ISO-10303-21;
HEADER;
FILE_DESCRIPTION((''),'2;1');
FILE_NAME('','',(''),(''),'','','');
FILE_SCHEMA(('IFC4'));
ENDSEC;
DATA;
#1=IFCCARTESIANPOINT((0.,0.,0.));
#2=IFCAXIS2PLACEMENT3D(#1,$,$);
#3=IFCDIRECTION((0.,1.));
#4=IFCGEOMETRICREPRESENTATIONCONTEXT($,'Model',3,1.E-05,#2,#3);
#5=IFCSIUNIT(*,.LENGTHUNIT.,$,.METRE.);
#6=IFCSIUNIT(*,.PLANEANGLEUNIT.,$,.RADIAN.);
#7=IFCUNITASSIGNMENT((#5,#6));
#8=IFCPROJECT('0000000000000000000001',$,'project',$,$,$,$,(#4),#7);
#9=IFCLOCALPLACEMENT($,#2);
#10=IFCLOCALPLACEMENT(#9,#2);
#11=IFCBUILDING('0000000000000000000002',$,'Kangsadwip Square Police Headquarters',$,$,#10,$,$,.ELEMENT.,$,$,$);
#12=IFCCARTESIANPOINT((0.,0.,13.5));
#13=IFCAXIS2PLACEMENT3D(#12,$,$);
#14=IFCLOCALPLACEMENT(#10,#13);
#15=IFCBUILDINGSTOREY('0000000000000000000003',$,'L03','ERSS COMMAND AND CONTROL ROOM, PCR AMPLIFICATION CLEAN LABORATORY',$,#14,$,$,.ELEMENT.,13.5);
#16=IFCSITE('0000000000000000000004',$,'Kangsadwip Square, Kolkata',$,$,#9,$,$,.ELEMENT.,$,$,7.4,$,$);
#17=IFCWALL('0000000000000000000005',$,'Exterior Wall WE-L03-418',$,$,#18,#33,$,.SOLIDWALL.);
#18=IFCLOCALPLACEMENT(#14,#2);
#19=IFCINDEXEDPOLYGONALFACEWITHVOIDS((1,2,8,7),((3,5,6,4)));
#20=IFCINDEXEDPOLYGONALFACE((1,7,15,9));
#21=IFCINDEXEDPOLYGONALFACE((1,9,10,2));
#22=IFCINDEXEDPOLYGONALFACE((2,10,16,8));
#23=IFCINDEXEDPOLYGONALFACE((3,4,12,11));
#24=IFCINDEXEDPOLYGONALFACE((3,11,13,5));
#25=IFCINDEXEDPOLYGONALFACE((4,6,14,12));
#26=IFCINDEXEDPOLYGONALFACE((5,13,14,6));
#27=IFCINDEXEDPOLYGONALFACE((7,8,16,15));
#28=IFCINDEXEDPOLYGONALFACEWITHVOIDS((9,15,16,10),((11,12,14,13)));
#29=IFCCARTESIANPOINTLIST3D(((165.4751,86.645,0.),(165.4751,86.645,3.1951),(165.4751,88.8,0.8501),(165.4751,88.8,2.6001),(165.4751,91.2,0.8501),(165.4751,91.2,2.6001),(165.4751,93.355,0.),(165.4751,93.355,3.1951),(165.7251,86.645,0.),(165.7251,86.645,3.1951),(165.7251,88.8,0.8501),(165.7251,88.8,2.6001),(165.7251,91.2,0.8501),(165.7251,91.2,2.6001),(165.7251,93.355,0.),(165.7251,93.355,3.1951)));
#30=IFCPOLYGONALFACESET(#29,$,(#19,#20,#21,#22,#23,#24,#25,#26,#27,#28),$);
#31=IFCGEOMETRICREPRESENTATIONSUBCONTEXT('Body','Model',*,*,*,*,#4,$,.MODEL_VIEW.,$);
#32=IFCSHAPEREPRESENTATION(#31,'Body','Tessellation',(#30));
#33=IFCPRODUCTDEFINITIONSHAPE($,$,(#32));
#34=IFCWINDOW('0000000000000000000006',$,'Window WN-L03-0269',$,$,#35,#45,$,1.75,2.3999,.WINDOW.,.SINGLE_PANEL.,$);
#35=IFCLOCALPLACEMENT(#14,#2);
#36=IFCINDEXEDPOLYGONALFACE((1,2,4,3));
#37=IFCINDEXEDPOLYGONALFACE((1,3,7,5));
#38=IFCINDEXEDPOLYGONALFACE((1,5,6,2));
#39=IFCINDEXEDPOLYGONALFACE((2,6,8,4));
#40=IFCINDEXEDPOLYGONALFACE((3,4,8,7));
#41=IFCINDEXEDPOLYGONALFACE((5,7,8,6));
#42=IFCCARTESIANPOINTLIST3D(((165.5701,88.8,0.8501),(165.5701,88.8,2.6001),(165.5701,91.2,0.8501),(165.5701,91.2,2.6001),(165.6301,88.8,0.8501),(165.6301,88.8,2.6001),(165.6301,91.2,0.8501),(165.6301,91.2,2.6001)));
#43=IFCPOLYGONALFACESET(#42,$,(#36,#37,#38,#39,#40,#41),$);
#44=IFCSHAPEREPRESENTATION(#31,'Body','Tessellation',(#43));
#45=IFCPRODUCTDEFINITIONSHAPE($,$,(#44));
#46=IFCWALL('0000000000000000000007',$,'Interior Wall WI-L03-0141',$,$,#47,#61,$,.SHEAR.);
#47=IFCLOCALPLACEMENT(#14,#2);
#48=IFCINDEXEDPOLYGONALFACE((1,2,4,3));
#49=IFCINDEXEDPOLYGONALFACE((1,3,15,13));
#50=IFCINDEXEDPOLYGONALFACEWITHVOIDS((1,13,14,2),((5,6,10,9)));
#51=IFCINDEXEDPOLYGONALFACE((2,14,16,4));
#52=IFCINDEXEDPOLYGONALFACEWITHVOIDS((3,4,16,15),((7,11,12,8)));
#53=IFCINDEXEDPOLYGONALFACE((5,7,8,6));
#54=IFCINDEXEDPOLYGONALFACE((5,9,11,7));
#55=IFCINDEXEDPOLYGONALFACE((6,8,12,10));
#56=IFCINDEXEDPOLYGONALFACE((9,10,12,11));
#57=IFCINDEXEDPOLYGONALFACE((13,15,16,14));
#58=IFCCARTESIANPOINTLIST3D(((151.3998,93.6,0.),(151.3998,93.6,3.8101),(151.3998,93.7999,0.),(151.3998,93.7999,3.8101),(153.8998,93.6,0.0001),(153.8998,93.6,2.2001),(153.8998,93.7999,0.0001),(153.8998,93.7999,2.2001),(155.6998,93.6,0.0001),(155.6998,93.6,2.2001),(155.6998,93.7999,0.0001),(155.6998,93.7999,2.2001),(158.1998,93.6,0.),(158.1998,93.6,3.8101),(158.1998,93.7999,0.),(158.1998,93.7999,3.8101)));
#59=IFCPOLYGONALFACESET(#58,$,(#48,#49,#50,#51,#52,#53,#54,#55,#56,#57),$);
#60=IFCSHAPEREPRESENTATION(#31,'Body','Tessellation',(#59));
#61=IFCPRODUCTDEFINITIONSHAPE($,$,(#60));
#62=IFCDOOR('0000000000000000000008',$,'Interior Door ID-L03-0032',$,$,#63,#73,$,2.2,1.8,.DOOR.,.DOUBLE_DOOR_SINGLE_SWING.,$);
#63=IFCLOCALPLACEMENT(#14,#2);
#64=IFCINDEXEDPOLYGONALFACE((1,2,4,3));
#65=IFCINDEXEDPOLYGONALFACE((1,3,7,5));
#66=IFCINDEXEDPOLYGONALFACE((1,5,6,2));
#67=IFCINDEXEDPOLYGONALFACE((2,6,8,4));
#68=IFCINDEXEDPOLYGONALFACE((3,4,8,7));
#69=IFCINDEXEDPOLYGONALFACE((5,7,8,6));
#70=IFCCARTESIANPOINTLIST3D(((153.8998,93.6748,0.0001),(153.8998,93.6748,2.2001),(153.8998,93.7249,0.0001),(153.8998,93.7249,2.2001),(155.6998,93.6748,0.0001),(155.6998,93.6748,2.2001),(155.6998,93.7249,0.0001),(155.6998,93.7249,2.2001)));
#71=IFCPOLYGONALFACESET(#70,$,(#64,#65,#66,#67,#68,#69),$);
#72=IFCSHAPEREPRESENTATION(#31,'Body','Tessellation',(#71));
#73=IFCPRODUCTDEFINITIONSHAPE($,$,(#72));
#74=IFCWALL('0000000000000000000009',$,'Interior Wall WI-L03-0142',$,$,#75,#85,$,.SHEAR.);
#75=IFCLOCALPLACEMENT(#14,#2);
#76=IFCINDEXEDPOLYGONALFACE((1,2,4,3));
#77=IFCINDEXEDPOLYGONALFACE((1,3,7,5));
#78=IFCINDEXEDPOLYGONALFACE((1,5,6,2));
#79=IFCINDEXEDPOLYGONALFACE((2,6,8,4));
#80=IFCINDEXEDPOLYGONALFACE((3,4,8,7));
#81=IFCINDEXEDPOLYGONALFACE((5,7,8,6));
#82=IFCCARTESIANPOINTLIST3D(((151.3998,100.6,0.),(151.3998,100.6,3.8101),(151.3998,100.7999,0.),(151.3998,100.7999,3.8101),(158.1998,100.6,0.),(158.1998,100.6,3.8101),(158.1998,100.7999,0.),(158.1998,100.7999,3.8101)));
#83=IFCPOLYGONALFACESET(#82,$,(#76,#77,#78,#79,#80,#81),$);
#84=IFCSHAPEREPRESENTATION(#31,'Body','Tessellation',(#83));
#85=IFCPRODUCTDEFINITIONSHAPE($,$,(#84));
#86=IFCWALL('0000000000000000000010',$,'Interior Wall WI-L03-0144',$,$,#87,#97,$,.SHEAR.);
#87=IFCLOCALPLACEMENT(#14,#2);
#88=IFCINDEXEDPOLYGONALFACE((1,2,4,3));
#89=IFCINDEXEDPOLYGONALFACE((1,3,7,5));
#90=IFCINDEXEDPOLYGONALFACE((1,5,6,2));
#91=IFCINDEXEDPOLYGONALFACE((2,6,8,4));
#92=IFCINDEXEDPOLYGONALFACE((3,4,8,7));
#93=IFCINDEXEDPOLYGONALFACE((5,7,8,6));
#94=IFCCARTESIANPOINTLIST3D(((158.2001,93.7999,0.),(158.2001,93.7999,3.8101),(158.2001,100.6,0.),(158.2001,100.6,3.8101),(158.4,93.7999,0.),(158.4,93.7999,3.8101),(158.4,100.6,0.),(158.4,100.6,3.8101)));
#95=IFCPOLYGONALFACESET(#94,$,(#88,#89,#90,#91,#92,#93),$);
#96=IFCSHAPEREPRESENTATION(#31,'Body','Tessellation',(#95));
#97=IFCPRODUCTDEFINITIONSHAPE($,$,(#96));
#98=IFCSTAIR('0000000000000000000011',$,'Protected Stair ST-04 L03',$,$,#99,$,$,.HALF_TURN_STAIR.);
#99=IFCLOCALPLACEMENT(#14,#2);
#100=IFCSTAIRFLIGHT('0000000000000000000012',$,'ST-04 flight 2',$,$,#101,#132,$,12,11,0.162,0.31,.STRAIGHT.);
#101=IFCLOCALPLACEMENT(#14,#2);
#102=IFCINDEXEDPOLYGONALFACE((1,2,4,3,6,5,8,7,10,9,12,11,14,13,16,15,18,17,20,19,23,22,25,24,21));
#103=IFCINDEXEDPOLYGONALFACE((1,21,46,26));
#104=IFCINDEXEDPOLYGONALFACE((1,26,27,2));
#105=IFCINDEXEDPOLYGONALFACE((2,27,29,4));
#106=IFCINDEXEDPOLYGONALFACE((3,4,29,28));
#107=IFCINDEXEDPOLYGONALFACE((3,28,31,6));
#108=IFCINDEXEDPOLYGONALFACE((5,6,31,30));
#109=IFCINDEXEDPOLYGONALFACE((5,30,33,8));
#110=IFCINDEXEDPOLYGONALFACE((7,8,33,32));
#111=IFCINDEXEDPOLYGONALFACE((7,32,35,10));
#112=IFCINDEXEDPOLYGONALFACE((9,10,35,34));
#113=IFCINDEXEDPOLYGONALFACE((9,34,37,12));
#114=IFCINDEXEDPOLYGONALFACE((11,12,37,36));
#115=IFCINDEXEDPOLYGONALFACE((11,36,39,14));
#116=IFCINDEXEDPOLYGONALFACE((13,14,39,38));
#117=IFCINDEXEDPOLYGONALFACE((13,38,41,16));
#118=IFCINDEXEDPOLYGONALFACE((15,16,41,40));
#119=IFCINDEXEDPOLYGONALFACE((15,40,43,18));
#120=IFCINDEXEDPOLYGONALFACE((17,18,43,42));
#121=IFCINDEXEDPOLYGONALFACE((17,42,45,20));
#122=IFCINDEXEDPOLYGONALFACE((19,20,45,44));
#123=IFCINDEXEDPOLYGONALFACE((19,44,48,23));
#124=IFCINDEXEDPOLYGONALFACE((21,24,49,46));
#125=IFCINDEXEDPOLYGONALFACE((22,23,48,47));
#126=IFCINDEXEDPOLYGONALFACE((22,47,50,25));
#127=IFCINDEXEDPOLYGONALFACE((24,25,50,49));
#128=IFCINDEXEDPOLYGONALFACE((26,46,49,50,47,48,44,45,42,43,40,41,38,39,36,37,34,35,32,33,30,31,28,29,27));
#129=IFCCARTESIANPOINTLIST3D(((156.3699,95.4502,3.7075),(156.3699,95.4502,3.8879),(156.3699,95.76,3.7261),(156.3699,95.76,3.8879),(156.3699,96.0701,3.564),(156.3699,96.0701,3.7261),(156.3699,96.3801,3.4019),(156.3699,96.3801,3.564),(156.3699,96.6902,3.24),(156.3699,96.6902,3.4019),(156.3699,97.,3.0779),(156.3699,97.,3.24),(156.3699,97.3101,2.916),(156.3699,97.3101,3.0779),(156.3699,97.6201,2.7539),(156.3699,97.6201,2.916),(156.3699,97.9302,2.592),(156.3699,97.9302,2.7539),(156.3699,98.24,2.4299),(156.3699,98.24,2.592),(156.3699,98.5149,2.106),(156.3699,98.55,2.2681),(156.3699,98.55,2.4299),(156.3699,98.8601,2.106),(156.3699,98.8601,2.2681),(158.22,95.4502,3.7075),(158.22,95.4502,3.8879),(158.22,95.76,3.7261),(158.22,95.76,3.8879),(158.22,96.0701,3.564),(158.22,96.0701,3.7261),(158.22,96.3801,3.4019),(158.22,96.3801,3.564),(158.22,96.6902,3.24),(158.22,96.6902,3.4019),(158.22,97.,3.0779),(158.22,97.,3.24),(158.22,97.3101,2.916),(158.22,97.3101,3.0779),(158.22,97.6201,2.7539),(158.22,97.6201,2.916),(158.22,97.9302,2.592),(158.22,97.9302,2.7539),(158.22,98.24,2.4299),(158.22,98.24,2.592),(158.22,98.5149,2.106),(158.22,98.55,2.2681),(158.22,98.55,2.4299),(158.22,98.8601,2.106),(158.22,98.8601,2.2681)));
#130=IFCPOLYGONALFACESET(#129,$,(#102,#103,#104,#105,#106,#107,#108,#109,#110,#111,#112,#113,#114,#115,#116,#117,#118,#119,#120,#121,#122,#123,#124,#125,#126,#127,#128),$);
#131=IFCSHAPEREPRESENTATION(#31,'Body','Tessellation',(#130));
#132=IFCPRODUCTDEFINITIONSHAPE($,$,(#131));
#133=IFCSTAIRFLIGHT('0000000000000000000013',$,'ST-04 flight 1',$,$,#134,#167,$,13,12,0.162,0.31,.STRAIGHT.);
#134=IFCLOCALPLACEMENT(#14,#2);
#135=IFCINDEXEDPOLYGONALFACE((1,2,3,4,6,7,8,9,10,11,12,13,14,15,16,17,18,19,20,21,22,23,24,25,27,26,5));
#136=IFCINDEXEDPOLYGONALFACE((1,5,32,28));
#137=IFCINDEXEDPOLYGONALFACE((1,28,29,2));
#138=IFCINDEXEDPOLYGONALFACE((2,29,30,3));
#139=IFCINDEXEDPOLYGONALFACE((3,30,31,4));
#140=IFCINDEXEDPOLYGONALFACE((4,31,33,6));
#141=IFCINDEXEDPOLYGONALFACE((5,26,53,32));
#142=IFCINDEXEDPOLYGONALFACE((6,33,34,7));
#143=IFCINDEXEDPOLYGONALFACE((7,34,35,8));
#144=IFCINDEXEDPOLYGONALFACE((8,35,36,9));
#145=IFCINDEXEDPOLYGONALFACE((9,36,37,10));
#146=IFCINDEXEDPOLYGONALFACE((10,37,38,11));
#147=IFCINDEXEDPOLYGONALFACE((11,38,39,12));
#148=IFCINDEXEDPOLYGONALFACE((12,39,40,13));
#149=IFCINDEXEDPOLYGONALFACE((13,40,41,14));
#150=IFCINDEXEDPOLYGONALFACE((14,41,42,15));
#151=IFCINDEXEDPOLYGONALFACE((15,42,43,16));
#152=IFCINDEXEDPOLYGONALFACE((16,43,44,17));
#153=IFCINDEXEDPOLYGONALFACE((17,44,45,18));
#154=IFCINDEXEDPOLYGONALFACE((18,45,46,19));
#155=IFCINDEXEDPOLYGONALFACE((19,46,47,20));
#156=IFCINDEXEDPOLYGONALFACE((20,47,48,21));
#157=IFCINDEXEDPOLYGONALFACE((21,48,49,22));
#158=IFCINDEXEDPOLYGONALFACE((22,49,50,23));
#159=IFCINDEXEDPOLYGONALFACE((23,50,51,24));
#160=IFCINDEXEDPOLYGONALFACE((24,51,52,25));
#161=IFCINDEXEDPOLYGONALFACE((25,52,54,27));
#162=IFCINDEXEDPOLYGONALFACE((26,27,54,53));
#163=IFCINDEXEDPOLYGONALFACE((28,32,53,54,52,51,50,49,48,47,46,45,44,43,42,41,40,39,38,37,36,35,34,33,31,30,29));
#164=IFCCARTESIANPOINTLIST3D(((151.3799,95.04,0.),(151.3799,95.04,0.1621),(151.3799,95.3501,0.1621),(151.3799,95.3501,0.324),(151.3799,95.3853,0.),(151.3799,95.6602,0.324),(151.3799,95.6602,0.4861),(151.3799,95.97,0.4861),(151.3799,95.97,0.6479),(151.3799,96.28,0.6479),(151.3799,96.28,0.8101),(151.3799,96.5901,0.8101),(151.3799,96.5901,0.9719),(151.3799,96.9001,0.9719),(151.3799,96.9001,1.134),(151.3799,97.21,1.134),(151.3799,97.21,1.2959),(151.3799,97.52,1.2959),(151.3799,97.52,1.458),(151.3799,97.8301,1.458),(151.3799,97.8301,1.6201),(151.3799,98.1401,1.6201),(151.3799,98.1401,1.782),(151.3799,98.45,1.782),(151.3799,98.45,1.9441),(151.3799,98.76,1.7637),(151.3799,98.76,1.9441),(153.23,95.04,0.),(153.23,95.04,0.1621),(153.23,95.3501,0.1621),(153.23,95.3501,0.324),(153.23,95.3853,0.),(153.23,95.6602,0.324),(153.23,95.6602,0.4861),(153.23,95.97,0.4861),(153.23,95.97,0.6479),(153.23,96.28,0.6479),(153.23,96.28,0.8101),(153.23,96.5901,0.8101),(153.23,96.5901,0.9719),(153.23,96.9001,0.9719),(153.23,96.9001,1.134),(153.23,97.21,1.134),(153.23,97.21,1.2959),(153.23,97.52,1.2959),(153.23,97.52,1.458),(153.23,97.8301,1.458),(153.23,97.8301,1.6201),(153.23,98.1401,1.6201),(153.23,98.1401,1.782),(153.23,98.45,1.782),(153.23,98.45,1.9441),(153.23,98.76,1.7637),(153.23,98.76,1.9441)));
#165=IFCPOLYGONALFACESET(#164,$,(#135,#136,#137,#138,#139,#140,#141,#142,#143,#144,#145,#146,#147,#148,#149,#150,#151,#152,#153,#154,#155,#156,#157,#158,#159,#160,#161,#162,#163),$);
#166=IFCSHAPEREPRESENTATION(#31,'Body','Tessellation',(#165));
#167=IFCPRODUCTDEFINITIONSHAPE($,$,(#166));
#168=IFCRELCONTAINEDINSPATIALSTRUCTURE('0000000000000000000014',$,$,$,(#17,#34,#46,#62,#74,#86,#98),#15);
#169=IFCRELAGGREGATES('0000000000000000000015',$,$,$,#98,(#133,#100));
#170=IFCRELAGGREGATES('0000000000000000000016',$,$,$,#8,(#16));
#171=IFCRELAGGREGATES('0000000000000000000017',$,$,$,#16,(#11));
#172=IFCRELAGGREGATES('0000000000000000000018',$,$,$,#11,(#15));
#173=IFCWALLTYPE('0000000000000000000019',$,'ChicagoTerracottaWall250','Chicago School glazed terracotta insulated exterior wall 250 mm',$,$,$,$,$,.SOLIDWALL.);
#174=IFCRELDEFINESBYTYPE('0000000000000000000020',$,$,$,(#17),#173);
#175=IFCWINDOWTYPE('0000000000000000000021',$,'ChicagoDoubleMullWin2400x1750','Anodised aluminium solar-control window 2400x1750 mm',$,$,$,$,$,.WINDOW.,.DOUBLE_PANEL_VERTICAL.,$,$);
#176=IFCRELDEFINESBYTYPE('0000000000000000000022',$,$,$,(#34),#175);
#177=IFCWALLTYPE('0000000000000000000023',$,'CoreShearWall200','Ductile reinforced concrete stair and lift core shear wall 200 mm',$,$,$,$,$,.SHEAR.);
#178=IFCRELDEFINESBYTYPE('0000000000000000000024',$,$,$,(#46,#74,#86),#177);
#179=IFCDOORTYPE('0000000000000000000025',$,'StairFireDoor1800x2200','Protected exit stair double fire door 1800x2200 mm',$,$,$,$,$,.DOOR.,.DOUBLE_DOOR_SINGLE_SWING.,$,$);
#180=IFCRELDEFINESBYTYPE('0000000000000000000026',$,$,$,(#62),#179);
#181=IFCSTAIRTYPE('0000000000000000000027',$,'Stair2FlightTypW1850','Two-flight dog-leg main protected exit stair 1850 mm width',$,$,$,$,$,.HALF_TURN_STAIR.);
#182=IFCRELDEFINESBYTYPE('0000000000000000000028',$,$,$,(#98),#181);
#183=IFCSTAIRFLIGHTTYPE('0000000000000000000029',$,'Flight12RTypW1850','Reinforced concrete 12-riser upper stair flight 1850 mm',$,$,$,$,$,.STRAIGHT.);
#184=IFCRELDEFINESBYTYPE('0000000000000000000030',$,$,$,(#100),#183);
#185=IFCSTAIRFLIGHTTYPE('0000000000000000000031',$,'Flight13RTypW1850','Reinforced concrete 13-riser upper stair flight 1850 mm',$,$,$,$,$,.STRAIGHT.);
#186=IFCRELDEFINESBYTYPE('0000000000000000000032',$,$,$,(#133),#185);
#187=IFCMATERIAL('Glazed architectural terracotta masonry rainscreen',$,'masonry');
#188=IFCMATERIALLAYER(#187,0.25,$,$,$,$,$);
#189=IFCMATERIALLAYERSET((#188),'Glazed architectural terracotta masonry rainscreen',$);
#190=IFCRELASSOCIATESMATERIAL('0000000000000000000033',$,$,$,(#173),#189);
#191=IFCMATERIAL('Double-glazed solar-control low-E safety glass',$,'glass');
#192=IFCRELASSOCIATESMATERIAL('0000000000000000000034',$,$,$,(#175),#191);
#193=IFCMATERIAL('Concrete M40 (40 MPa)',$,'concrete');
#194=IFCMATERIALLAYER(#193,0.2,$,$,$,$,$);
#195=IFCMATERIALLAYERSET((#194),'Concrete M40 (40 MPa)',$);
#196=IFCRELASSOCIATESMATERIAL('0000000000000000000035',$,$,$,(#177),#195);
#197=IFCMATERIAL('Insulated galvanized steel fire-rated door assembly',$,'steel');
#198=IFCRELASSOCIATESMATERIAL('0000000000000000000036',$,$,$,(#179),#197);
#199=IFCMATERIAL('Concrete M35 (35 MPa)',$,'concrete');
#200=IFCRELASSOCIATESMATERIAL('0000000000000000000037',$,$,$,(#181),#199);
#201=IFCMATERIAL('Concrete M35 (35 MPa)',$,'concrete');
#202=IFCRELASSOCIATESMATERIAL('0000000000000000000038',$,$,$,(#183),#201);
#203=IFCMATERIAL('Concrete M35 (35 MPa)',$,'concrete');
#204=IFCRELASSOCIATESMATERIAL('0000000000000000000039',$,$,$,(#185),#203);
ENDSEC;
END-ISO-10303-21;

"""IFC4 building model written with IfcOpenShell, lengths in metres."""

from ifc_helpers import new_model, si_unit, direction, frame, frame_2d, origin, place, context, subcontext, project, spatial, polyline, rectangle, outline, extrude, material, layer, layer_set, type_object, element, fill, aggregate, save


model = new_model("IFC4")

# Units and contexts
model_context = context("Model", 3, precision=1e-05, world=origin(), true_north=direction((0.0, 1.0)))
body_context = subcontext(model_context, "Body", "Model", "MODEL_VIEW")
ifc_project = project(units=[si_unit("LENGTHUNIT", "METRE"), si_unit("PLANEANGLEUNIT", "RADIAN")], contexts=[model_context])

# Site, building, storey
site_placement = place(None, origin())
site = spatial("IfcSite", under=ifc_project, at=site_placement, Name="Kangsadwip Square, Kolkata", CompositionType="ELEMENT", RefElevation=7.4)
building_placement = place(site_placement, origin())
building = spatial("IfcBuilding", under=site, at=building_placement, Name="Kangsadwip Square Police Headquarters", CompositionType="ELEMENT")
storey_placement = place(building_placement, frame((0.0, 0.0, 13.5)))
storey = spatial("IfcBuildingStorey", under=building, at=storey_placement, Name="L03", Description="ERSS COMMAND AND CONTROL ROOM, PCR AMPLIFICATION CLEAN LABORATORY", CompositionType="ELEMENT", Elevation=13.5)

# Wall, opening, window
ifc_material_1 = material(Name="Glazed architectural terracotta masonry rainscreen", Category="masonry")
ifc_layer_1 = layer(ifc_material_1, 0.25)
ifc_layer_set_1 = layer_set([ifc_layer_1], Name="Glazed architectural terracotta masonry rainscreen")
wall_type_1 = type_object("IfcWallType", Name="ChicagoTerracottaWall250", Description="Chicago School glazed terracotta insulated exterior wall 250 mm", PredefinedType="SOLIDWALL", material=ifc_layer_set_1)
wall_1_placement = place(storey_placement, frame((165.6001, 86.645, 0.0), z_axis=(0.0, 0.0, 1.0), x_axis=(0.0, 1.0, 0.0)))
wall_1 = element("IfcWall", 1, at=wall_1_placement, inside=storey, type_object=wall_type_1, Name="Exterior Wall WE-L03-418", PredefinedType="SOLIDWALL", context=body_context, shape_type="SweptSolid", body=[
    extrude(rectangle(XDim=6.71, YDim=0.25, at=frame_2d((3.355, 0.0))), origin(), (0.0, 0.0, 1.0), 3.1951),
])
opening_1_placement = place(wall_1_placement, frame((2.155, 0.0, 0.8501)))
opening_1 = element("IfcOpeningElement", 2, at=opening_1_placement, cuts=wall_1, PredefinedType="OPENING", context=body_context, shape_type="SweptSolid", body=[
    extrude(rectangle(XDim=2.3999, YDim=1.75, at=frame_2d((1.2, 0.875))), frame((0.0, 0.135, 0.0), z_axis=(0.0, -1.0, 0.0), x_axis=(1.0, 0.0, 0.0)), (0.0, 0.0, 1.0), 0.27),
])
ifc_material_2 = material(Name="Double-glazed solar-control low-E safety glass", Category="glass")
window_type = type_object("IfcWindowType", Name="ChicagoDoubleMullWin2400x1750", Description="Anodised aluminium solar-control window 2400x1750 mm", PartitioningType="DOUBLE_PANEL_VERTICAL", PredefinedType="WINDOW", material=ifc_material_2)
window_placement = place(opening_1_placement, origin())
window = element("IfcWindow", 3, at=window_placement, inside=storey, type_object=window_type, Name="Window WN-L03-0269", OverallHeight=1.75, OverallWidth=2.3999, PartitioningType="SINGLE_PANEL", PredefinedType="WINDOW", context=body_context, shape_type="SweptSolid", body=[
    extrude(rectangle(XDim=2.3999, YDim=1.75, at=frame_2d((1.2, 0.875))), frame((0.0, 0.03, 0.0), z_axis=(0.0, -1.0, 0.0), x_axis=(1.0, 0.0, 0.0)), (0.0, 0.0, 1.0), 0.0601),
])
fill(opening_1, window)

# Wall, opening, door
ifc_material_3 = material(Name="Concrete M40 (40 MPa)", Category="concrete")
ifc_layer_2 = layer(ifc_material_3, 0.2)
ifc_layer_set_2 = layer_set([ifc_layer_2], Name="Concrete M40 (40 MPa)")
wall_type_2 = type_object("IfcWallType", Name="CoreShearWall200", Description="Ductile reinforced concrete stair and lift core shear wall 200 mm", PredefinedType="SHEAR", material=ifc_layer_set_2)
wall_2_placement = place(storey_placement, frame((151.3999, 93.7, 0.0), z_axis=(0.0, 0.0, 1.0), x_axis=(1.0, 0.0, 0.0)))
wall_2 = element("IfcWall", 4, at=wall_2_placement, inside=storey, type_object=wall_type_2, Name="Interior Wall WI-L03-0141", PredefinedType="SHEAR", context=body_context, shape_type="SweptSolid", body=[
    extrude(rectangle(XDim=6.8, YDim=0.2, at=frame_2d((3.3999, 0.0))), origin(), (0.0, 0.0, 1.0), 3.8101),
])
opening_2_placement = place(wall_2_placement, frame((2.5, 0.0, 0.0)))
opening_2 = element("IfcOpeningElement", 5, at=opening_2_placement, cuts=wall_2, PredefinedType="OPENING", context=body_context, shape_type="SweptSolid", body=[
    extrude(rectangle(XDim=1.8, YDim=2.2, at=frame_2d((0.8999, 1.1001))), frame((0.0, 0.1099, 0.0), z_axis=(0.0, -1.0, 0.0), x_axis=(1.0, 0.0, 0.0)), (0.0, 0.0, 1.0), 0.22),
])
ifc_material_4 = material(Name="Insulated galvanized steel fire-rated door assembly", Category="steel")
door_type = type_object("IfcDoorType", Name="StairFireDoor1800x2200", Description="Protected exit stair double fire door 1800x2200 mm", OperationType="DOUBLE_DOOR_SINGLE_SWING", PredefinedType="DOOR", material=ifc_material_4)
door_placement = place(opening_2_placement, origin())
door = element("IfcDoor", 6, at=door_placement, inside=storey, type_object=door_type, Name="Interior Door ID-L03-0032", OperationType="DOUBLE_DOOR_SINGLE_SWING", OverallHeight=2.2, OverallWidth=1.8, PredefinedType="DOOR", context=body_context, shape_type="SweptSolid", body=[
    extrude(rectangle(XDim=1.8, YDim=2.2, at=frame_2d((0.8999, 1.1001))), frame((0.0, 0.0249, 0.0), z_axis=(0.0, -1.0, 0.0), x_axis=(1.0, 0.0, 0.0)), (0.0, 0.0, 1.0), 0.05),
])
fill(opening_2, door)

# Walls
for number, where, z_axis, x_axis, name in (
    (7, (151.3999, 100.7, 0.0), (0.0, 0.0, 1.0), (1.0, 0.0, 0.0), "Interior Wall WI-L03-0142"),
    (8, (158.3, 93.8, 0.0), (0.0, 0.0, 1.0), (0.0, 1.0, 0.0), "Interior Wall WI-L03-0144"),
):
    element("IfcWall", number, at=place(storey_placement, frame(where, z_axis=z_axis, x_axis=x_axis)), inside=storey, type_object=wall_type_2, Name=name, PredefinedType="SHEAR", context=body_context, shape_type="SweptSolid", body=[
        extrude(rectangle(XDim=6.8, YDim=0.2, at=frame_2d((3.3999, 0.0))), origin(), (0.0, 0.0, 1.0), 3.8101),
    ])

# Stair, stair flights
ifc_material_5 = material(Name="Concrete M35 (35 MPa)", Category="concrete")
stair_type = type_object("IfcStairType", Name="Stair2FlightTypW1850", Description="Two-flight dog-leg main protected exit stair 1850 mm width", PredefinedType="HALF_TURN_STAIR", material=ifc_material_5)
stair_placement = place(storey_placement, origin())
stair = element("IfcStair", 9, at=stair_placement, inside=storey, type_object=stair_type, Name="Protected Stair ST-04 L03", PredefinedType="HALF_TURN_STAIR")
ifc_material_6 = material(Name="Concrete M35 (35 MPa)", Category="concrete")
stair_flight_type_1 = type_object("IfcStairFlightType", Name="Flight12RTypW1850", Description="Reinforced concrete 12-riser upper stair flight 1850 mm", PredefinedType="STRAIGHT", material=ifc_material_6)
stair_flight_1_placement = place(storey_placement, frame((157.2949, 98.8601, 2.106), z_axis=(0.0, 0.0, 1.0), x_axis=(0.0, -1.0, 0.0)))
stair_flight_1 = element("IfcStairFlight", 10, at=stair_flight_1_placement, type_object=stair_flight_type_1, Name="ST-04 flight 2", NumberOfRisers=12, NumberOfTreads=11, PredefinedType="STRAIGHT", RiserHeight=0.162, TreadLength=0.31, context=body_context, shape_type="SweptSolid", body=[
    extrude(outline(polyline([(0.0, 0.0), (0.0, 0.1621), (0.3101, 0.1621), (0.3101, 0.324), (0.6201, 0.324), (0.6201, 0.4861), (0.9299, 0.4861), (0.9299, 0.6479), (1.24, 0.6479), (1.24, 0.8101), (1.55, 0.8101), (1.55, 0.9719), (1.8601, 0.9719), (1.8601, 1.134), (2.1699, 1.134), (2.1699, 1.2959), (2.48, 1.2959), (2.48, 1.458), (2.79, 1.458), (2.79, 1.6201), (3.1001, 1.6201), (3.1001, 1.782), (3.4099, 1.782), (3.4099, 1.9441), (3.4099, 1.6016), (0.3452, 0.0), (0.0, 0.0)])), frame((0.0, 0.925, 0.0), z_axis=(0.0, -1.0, 0.0), x_axis=(1.0, 0.0, 0.0)), (0.0, 0.0, 1.0), 1.8501),
])
ifc_material_7 = material(Name="Concrete M35 (35 MPa)", Category="concrete")
stair_flight_type_2 = type_object("IfcStairFlightType", Name="Flight13RTypW1850", Description="Reinforced concrete 13-riser upper stair flight 1850 mm", PredefinedType="STRAIGHT", material=ifc_material_7)
stair_flight_2_placement = place(storey_placement, frame((152.3049, 95.04, 0.0), z_axis=(0.0, 0.0, 1.0), x_axis=(0.0, 1.0, 0.0)))
stair_flight_2 = element("IfcStairFlight", 11, at=stair_flight_2_placement, type_object=stair_flight_type_2, Name="ST-04 flight 1", NumberOfRisers=13, NumberOfTreads=12, PredefinedType="STRAIGHT", RiserHeight=0.162, TreadLength=0.31, context=body_context, shape_type="SweptSolid", body=[
    extrude(outline(polyline([(0.0, 0.0), (0.0, 0.1621), (0.3101, 0.1621), (0.3101, 0.324), (0.6201, 0.324), (0.6201, 0.4861), (0.9299, 0.4861), (0.9299, 0.6479), (1.24, 0.6479), (1.24, 0.8101), (1.55, 0.8101), (1.55, 0.9719), (1.8601, 0.9719), (1.8601, 1.134), (2.1699, 1.134), (2.1699, 1.2959), (2.48, 1.2959), (2.48, 1.458), (2.79, 1.458), (2.79, 1.6201), (3.1001, 1.6201), (3.1001, 1.782), (3.4099, 1.782), (3.4099, 1.9441), (3.72, 1.9441), (3.72, 2.106), (3.72, 1.7637), (0.3452, 0.0), (0.0, 0.0)])), frame((0.0, 0.925, 0.0), z_axis=(0.0, -1.0, 0.0), x_axis=(1.0, 0.0, 0.0)), (0.0, 0.0, 1.0), 1.8501),
])
aggregate(stair, [stair_flight_2, stair_flight_1])

save(model, "model.ifc")
